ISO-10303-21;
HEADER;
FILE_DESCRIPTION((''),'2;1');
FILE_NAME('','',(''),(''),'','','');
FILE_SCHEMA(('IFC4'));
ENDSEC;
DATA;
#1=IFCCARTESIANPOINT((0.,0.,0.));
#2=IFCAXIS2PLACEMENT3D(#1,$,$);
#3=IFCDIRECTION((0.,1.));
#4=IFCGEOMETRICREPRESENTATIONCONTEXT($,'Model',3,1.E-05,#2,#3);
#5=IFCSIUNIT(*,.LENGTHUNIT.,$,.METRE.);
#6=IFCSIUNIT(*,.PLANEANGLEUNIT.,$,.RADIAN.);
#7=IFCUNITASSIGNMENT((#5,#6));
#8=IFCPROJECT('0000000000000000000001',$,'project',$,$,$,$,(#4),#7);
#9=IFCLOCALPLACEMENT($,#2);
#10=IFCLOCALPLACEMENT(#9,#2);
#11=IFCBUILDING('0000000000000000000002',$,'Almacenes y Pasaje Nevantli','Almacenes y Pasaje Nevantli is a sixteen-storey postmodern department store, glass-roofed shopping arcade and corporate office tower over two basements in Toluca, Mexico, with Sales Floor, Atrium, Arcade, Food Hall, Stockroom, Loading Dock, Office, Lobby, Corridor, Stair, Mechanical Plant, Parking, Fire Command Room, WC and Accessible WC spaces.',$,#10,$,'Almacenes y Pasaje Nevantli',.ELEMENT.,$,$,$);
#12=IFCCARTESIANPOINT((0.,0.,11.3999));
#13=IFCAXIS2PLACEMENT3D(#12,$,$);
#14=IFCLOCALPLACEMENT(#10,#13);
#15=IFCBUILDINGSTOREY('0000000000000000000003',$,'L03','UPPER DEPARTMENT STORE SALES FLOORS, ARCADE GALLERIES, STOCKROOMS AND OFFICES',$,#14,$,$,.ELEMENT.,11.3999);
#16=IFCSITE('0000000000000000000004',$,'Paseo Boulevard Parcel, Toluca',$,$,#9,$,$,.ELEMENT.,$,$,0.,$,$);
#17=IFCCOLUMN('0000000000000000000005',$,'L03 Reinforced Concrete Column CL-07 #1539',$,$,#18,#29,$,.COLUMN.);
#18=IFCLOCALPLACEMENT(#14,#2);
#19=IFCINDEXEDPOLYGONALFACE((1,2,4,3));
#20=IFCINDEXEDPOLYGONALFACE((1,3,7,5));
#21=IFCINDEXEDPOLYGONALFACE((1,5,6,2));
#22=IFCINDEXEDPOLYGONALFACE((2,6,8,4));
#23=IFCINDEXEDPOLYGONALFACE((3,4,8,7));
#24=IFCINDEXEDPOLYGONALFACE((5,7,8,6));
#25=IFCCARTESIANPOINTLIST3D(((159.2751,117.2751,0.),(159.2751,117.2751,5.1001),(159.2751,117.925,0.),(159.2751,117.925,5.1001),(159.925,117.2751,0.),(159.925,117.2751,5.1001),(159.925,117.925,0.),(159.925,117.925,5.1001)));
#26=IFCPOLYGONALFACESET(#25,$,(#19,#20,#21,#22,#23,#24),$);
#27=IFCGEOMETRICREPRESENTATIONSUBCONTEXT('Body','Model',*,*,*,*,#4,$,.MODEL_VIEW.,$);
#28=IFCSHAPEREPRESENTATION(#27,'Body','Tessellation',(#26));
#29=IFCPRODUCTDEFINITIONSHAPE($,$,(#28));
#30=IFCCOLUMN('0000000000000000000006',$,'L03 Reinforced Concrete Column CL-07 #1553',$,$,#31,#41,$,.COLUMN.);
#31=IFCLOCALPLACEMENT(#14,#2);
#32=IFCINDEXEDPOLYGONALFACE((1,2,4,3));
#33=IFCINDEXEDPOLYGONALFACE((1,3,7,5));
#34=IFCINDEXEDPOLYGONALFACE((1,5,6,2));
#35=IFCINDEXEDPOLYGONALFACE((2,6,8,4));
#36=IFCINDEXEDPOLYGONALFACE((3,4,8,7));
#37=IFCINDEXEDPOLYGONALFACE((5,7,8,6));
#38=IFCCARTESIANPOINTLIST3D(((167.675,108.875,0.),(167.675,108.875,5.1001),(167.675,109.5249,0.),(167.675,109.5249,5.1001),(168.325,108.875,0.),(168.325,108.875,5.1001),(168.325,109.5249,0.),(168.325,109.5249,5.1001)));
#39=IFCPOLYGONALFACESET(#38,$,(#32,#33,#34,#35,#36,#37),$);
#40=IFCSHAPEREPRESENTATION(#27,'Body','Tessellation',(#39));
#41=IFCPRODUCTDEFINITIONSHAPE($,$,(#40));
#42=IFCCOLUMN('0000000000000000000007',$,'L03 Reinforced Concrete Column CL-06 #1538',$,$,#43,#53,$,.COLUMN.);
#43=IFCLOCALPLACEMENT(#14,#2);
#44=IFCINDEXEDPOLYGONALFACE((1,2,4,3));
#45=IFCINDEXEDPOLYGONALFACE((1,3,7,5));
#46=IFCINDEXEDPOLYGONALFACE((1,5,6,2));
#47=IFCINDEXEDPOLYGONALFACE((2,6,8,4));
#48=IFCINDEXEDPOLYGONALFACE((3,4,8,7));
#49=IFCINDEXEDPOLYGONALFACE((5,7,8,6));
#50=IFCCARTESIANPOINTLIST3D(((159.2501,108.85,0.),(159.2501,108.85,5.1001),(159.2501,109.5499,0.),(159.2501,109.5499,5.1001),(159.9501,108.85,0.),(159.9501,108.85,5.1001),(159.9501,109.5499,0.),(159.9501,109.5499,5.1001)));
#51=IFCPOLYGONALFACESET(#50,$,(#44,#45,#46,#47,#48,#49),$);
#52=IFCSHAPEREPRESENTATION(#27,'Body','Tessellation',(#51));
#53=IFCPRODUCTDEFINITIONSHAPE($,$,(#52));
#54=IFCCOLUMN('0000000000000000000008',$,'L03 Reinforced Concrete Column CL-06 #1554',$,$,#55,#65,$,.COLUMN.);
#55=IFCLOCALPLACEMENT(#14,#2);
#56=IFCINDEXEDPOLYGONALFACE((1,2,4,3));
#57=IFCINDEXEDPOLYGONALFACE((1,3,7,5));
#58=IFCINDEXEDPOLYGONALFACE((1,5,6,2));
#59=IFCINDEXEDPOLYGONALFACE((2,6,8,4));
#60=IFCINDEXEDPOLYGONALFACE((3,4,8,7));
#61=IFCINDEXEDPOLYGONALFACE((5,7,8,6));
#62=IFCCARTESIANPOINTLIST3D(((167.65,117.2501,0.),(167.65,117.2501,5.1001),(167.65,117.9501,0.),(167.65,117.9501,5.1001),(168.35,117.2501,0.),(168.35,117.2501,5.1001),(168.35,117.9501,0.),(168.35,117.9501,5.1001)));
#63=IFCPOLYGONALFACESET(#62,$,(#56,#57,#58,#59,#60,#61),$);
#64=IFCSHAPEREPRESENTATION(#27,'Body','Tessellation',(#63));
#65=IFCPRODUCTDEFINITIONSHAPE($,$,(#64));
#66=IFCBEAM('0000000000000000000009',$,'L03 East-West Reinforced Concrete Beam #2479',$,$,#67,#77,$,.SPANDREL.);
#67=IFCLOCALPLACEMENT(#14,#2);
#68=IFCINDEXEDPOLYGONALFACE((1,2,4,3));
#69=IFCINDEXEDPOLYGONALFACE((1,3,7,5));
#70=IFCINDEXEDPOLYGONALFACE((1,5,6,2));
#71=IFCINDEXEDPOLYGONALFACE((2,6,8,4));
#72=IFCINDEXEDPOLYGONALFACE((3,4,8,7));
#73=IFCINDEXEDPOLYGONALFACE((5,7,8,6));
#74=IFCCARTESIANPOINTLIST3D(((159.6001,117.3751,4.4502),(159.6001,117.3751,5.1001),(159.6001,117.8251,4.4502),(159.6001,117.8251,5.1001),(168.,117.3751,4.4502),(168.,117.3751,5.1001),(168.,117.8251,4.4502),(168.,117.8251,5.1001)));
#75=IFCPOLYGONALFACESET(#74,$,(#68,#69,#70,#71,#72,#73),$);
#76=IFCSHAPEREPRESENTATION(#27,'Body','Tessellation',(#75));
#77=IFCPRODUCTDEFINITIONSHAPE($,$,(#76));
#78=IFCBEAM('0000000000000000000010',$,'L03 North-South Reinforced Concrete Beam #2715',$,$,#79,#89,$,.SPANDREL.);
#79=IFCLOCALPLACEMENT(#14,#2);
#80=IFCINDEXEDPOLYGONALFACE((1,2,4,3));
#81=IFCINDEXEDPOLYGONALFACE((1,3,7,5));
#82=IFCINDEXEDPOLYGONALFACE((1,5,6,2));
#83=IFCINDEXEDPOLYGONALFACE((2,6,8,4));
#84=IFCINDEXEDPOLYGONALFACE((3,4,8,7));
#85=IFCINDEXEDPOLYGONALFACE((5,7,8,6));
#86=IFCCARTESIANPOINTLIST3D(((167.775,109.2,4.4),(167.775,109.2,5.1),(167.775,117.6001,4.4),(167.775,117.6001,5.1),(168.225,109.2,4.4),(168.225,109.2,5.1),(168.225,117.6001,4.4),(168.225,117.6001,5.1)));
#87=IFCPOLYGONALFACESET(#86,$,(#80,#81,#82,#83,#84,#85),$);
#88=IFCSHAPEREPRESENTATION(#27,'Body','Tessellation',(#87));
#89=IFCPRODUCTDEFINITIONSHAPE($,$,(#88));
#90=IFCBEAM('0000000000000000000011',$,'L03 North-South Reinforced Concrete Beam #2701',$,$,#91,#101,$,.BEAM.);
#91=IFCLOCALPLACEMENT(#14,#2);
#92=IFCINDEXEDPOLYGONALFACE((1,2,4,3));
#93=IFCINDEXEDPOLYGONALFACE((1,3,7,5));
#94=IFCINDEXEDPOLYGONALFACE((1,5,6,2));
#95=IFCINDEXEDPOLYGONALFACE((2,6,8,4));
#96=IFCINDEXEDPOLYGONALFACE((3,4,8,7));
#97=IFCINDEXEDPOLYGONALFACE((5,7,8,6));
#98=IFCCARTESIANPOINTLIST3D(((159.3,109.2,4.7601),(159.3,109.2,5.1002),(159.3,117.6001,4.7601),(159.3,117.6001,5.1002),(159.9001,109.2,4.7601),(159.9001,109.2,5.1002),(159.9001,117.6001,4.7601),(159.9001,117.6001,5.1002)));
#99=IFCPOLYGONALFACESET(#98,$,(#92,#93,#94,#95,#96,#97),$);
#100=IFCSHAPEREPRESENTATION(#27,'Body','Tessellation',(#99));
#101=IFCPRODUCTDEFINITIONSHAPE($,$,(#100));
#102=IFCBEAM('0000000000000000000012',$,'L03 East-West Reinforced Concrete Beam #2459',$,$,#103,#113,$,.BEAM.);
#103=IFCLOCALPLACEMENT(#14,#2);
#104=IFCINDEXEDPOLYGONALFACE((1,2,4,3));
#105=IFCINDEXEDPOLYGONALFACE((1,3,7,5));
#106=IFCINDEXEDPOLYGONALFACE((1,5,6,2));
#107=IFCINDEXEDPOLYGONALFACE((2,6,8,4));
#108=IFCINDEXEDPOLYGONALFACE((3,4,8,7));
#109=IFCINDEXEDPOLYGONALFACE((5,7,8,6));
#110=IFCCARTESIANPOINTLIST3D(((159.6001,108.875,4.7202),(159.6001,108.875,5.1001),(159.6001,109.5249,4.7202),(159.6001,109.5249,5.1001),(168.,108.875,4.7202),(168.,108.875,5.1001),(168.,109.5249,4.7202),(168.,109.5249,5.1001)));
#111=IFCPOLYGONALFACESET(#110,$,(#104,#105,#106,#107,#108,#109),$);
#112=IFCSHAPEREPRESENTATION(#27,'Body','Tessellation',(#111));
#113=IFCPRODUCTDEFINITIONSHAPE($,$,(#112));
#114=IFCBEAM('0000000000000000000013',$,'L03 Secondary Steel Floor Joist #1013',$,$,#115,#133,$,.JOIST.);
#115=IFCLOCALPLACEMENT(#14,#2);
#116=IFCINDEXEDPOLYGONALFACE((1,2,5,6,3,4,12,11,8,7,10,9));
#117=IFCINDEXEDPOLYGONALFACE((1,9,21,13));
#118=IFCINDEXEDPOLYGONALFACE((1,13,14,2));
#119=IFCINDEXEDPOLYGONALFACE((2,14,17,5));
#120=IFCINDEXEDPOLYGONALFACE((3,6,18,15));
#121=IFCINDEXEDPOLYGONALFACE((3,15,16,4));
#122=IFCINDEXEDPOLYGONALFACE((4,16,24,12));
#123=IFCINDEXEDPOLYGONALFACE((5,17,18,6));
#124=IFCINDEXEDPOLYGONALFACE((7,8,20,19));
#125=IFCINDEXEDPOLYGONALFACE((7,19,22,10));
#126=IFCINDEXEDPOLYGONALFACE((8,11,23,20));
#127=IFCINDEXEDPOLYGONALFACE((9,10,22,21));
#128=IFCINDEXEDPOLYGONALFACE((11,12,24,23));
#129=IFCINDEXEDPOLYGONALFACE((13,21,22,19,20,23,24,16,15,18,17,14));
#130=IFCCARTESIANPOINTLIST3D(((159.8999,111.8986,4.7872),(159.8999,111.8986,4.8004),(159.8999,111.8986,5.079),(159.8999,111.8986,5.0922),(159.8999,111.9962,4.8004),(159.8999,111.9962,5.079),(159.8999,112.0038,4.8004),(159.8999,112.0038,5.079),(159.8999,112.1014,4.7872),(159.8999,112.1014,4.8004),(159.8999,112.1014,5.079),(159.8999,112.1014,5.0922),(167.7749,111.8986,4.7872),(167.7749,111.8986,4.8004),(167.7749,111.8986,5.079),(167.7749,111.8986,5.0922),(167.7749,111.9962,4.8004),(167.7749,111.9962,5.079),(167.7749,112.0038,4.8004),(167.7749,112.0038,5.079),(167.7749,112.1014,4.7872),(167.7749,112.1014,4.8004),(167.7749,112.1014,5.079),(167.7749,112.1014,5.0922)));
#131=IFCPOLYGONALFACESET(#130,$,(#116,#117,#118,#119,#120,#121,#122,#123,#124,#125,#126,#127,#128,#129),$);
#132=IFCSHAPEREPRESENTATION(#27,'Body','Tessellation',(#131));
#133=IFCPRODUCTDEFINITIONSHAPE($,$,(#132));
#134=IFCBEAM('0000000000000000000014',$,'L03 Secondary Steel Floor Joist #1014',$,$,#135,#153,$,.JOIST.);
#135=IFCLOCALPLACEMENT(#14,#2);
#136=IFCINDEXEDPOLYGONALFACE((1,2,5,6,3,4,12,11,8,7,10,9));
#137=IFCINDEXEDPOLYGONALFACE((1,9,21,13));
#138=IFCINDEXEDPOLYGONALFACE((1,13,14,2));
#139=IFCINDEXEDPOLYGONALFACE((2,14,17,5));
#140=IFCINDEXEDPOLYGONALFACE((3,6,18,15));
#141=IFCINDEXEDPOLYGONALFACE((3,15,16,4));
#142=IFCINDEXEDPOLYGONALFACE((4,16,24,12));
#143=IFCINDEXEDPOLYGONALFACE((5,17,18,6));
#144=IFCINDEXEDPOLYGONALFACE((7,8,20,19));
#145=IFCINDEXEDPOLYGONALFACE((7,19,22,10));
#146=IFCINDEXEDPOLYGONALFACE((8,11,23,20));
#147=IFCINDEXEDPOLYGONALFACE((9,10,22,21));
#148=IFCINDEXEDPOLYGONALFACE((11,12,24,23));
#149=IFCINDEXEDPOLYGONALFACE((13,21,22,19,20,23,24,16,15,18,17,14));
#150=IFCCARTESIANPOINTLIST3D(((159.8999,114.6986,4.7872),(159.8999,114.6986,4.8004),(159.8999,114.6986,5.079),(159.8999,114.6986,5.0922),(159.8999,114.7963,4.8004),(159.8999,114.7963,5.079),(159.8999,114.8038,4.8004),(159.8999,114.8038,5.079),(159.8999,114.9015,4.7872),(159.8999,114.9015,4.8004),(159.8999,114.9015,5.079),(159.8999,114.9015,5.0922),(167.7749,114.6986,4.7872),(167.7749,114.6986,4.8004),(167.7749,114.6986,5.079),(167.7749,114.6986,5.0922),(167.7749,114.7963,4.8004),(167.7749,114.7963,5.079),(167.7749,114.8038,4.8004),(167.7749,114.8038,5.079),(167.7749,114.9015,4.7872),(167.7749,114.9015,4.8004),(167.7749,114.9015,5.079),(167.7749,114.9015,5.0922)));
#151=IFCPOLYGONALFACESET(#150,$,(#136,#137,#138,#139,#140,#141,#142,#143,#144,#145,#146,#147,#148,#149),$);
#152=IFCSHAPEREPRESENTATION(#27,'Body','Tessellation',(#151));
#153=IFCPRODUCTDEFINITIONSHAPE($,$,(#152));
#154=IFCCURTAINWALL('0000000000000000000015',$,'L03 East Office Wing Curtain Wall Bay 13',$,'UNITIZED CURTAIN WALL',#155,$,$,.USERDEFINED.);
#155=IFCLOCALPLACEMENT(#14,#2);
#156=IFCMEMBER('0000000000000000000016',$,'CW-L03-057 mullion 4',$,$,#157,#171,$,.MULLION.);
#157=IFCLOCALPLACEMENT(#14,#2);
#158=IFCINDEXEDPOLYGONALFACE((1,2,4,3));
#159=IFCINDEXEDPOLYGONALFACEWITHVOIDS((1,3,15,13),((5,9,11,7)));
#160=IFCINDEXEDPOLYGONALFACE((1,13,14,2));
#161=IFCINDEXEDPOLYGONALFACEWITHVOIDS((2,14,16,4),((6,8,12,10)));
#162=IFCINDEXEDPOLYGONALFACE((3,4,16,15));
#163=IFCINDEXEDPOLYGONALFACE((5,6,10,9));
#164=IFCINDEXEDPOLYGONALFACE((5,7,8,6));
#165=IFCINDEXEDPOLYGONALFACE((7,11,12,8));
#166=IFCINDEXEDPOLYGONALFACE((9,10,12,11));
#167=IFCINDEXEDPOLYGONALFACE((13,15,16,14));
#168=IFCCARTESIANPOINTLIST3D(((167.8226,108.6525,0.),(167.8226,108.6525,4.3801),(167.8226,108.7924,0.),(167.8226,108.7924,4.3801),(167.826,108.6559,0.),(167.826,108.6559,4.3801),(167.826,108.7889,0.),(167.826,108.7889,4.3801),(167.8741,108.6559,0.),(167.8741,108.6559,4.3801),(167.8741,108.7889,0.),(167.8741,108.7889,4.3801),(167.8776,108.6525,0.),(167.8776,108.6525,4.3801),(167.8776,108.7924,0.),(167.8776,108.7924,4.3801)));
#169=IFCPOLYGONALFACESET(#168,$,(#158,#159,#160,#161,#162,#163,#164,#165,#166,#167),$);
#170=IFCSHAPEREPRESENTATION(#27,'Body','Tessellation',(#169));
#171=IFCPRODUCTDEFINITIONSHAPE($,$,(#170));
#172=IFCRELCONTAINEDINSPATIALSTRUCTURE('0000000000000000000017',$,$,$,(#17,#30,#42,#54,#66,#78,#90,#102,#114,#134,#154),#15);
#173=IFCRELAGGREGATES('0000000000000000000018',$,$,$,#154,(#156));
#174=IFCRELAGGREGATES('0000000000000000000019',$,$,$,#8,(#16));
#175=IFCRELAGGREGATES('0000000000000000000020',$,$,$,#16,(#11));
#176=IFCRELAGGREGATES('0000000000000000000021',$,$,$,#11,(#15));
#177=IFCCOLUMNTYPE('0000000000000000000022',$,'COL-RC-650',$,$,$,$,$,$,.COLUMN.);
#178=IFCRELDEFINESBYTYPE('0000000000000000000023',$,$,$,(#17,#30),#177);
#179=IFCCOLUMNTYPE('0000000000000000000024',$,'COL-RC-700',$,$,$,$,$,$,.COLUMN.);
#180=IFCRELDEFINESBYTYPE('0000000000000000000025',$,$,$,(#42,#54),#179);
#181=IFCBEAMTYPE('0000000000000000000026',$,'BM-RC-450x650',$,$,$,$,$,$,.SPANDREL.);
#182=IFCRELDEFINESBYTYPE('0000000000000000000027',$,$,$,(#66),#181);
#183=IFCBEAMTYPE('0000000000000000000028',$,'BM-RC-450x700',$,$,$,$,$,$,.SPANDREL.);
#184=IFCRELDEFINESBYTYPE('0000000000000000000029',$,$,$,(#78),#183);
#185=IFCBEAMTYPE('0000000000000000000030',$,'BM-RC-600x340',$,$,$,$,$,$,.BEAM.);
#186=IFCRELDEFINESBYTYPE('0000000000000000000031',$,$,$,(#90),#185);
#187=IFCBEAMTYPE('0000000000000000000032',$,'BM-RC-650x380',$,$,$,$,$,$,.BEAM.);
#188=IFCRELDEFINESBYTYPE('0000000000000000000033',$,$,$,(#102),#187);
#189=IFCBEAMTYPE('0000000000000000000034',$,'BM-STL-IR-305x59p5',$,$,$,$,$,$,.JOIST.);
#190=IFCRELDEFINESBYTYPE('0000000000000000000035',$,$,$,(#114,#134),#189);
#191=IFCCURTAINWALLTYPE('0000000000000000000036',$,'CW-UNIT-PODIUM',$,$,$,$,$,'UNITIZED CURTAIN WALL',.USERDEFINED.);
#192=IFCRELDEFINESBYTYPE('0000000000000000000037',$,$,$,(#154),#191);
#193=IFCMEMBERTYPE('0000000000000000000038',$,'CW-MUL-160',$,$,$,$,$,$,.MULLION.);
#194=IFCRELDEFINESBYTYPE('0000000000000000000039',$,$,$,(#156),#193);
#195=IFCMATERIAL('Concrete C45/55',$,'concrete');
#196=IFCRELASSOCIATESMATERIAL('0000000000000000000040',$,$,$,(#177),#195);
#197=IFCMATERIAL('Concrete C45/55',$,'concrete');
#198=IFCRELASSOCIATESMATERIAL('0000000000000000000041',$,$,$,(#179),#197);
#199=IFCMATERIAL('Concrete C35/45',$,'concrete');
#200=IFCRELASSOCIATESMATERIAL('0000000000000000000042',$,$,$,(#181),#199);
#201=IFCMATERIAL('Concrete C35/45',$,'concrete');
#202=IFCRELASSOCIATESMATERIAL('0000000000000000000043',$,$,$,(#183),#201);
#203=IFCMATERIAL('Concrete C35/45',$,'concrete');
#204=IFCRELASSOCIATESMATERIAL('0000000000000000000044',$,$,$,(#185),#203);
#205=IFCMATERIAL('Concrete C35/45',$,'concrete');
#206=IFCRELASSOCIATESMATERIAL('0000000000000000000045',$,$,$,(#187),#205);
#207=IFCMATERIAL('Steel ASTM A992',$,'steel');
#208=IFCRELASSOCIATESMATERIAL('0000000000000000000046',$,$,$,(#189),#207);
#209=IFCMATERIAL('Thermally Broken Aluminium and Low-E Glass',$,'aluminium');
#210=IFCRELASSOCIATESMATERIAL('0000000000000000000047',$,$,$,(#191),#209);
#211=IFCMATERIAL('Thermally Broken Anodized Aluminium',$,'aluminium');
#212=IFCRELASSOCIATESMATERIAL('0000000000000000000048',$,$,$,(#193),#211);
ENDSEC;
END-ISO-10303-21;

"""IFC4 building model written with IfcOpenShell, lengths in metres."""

from ifc_helpers import new_model, si_unit, direction, frame, origin, origin_2d, place, context, subcontext, project, spatial, rectangle, hollow_rectangle, i_section, extrude, material, material_profile, profile_set, type_object, element, aggregate, save


model = new_model("IFC4")

# Units and contexts
model_context = context("Model", 3, precision=1e-05, world=origin(), true_north=direction((0.0, 1.0)))
body_context = subcontext(model_context, "Body", "Model", "MODEL_VIEW")
ifc_project = project(units=[si_unit("LENGTHUNIT", "METRE"), si_unit("PLANEANGLEUNIT", "RADIAN")], contexts=[model_context])

# Site, building, storey
site_placement = place(None, origin())
site = spatial("IfcSite", under=ifc_project, at=site_placement, Name="Paseo Boulevard Parcel, Toluca", CompositionType="ELEMENT", RefElevation=0.0)
building_placement = place(site_placement, origin())
building = spatial("IfcBuilding", under=site, at=building_placement, Name="Almacenes y Pasaje Nevantli", Description="Almacenes y Pasaje Nevantli is a sixteen-storey postmodern department store, glass-roofed shopping arcade and corporate office tower over two basements in Toluca, Mexico, with Sales Floor, Atrium, Arcade, Food Hall, Stockroom, Loading Dock, Office, Lobby, Corridor, Stair, Mechanical Plant, Parking, Fire Command Room, WC and Accessible WC spaces.", LongName="Almacenes y Pasaje Nevantli", CompositionType="ELEMENT")
storey_placement = place(building_placement, frame((0.0, 0.0, 11.3999)))
storey = spatial("IfcBuildingStorey", under=building, at=storey_placement, Name="L03", Description="UPPER DEPARTMENT STORE SALES FLOORS, ARCADE GALLERIES, STOCKROOMS AND OFFICES", CompositionType="ELEMENT", Elevation=11.3999)

# Columns
ifc_material_1 = material(Name="Concrete C45/55", Category="concrete")
ifc_material_profile_1 = material_profile(ifc_material_1, rectangle(XDim=0.6499, YDim=0.6499, at=origin_2d()), Name="RC-COL-650x650")
ifc_profile_set_1 = profile_set([ifc_material_profile_1], Name="Concrete C45/55")
column_type_1 = type_object("IfcColumnType", Name="COL-RC-650", PredefinedType="COLUMN", material=ifc_profile_set_1)
for number, where, z_axis, x_axis, name in (
    (1, (159.6001, 117.6001, 0.0), (0.0, 0.0, 1.0), (1.0, 0.0, 0.0), "L03 Reinforced Concrete Column CL-07 #1539"),
    (2, (168.0, 109.2, 0.0), (0.0, 0.0, 1.0), (1.0, 0.0, 0.0), "L03 Reinforced Concrete Column CL-07 #1553"),
):
    element("IfcColumn", number, at=place(storey_placement, frame(where, z_axis=z_axis, x_axis=x_axis)), inside=storey, type_object=column_type_1, Name=name, PredefinedType="COLUMN", context=body_context, shape_type="SweptSolid", body=[
        extrude(rectangle(XDim=0.6499, YDim=0.6499, at=origin_2d()), origin(), (0.0, 0.0, 1.0), 5.1001),
    ])
ifc_material_2 = material(Name="Concrete C45/55", Category="concrete")
ifc_material_profile_2 = material_profile(ifc_material_2, rectangle(XDim=0.7, YDim=0.7, at=origin_2d()), Name="RC-COL-700x700")
ifc_profile_set_2 = profile_set([ifc_material_profile_2], Name="Concrete C45/55")
column_type_2 = type_object("IfcColumnType", Name="COL-RC-700", PredefinedType="COLUMN", material=ifc_profile_set_2)
for number, where, z_axis, x_axis, name in (
    (3, (159.6001, 109.2, 0.0), (0.0, 0.0, 1.0), (1.0, 0.0, 0.0), "L03 Reinforced Concrete Column CL-06 #1538"),
    (4, (168.0, 117.6001, 0.0), (0.0, 0.0, 1.0), (1.0, 0.0, 0.0), "L03 Reinforced Concrete Column CL-06 #1554"),
):
    element("IfcColumn", number, at=place(storey_placement, frame(where, z_axis=z_axis, x_axis=x_axis)), inside=storey, type_object=column_type_2, Name=name, PredefinedType="COLUMN", context=body_context, shape_type="SweptSolid", body=[
        extrude(rectangle(XDim=0.7, YDim=0.7, at=origin_2d()), origin(), (0.0, 0.0, 1.0), 5.1001),
    ])

# Beams
ifc_material_3 = material(Name="Concrete C35/45", Category="concrete")
ifc_material_profile_3 = material_profile(ifc_material_3, rectangle(XDim=0.45, YDim=0.6499, at=origin_2d()), Name="RC-BM-450x650")
ifc_profile_set_3 = profile_set([ifc_material_profile_3], Name="Concrete C35/45")
beam_type_1 = type_object("IfcBeamType", Name="BM-RC-450x650", PredefinedType="SPANDREL", material=ifc_profile_set_3)
beam_1_placement = place(storey_placement, frame((159.6001, 117.6001, 4.7751), z_axis=(1.0, 0.0, 0.0), x_axis=(0.0, 1.0, 0.0)))
element("IfcBeam", 5, at=beam_1_placement, inside=storey, type_object=beam_type_1, Name="L03 East-West Reinforced Concrete Beam #2479", PredefinedType="SPANDREL", context=body_context, shape_type="SweptSolid", body=[
    extrude(rectangle(XDim=0.45, YDim=0.6499, at=origin_2d()), origin(), (0.0, 0.0, 1.0), 8.3999),
])
ifc_material_4 = material(Name="Concrete C35/45", Category="concrete")
ifc_material_profile_4 = material_profile(ifc_material_4, rectangle(XDim=0.45, YDim=0.7, at=origin_2d()), Name="RC-BM-450x700")
ifc_profile_set_4 = profile_set([ifc_material_profile_4], Name="Concrete C35/45")
beam_type_2 = type_object("IfcBeamType", Name="BM-RC-450x700", PredefinedType="SPANDREL", material=ifc_profile_set_4)
beam_2_placement = place(storey_placement, frame((168.0, 109.2, 4.75), z_axis=(0.0, 1.0, 0.0), x_axis=(-1.0, 0.0, 0.0)))
element("IfcBeam", 6, at=beam_2_placement, inside=storey, type_object=beam_type_2, Name="L03 North-South Reinforced Concrete Beam #2715", PredefinedType="SPANDREL", context=body_context, shape_type="SweptSolid", body=[
    extrude(rectangle(XDim=0.45, YDim=0.7, at=origin_2d()), origin(), (0.0, 0.0, 1.0), 8.4001),
])
ifc_material_5 = material(Name="Concrete C35/45", Category="concrete")
ifc_material_profile_5 = material_profile(ifc_material_5, rectangle(XDim=0.6001, YDim=0.3401, at=origin_2d()), Name="RC-BM-600x340")
ifc_profile_set_5 = profile_set([ifc_material_profile_5], Name="Concrete C35/45")
beam_type_3 = type_object("IfcBeamType", Name="BM-RC-600x340", PredefinedType="BEAM", material=ifc_profile_set_5)
beam_3_placement = place(storey_placement, frame((159.6001, 109.2, 4.9302), z_axis=(0.0, 1.0, 0.0), x_axis=(-1.0, 0.0, 0.0)))
element("IfcBeam", 7, at=beam_3_placement, inside=storey, type_object=beam_type_3, Name="L03 North-South Reinforced Concrete Beam #2701", PredefinedType="BEAM", context=body_context, shape_type="SweptSolid", body=[
    extrude(rectangle(XDim=0.6001, YDim=0.3401, at=origin_2d()), origin(), (0.0, 0.0, 1.0), 8.4001),
])
ifc_material_6 = material(Name="Concrete C35/45", Category="concrete")
ifc_material_profile_6 = material_profile(ifc_material_6, rectangle(XDim=0.6499, YDim=0.3799, at=origin_2d()), Name="RC-BM-650x380")
ifc_profile_set_6 = profile_set([ifc_material_profile_6], Name="Concrete C35/45")
beam_type_4 = type_object("IfcBeamType", Name="BM-RC-650x380", PredefinedType="BEAM", material=ifc_profile_set_6)
beam_4_placement = place(storey_placement, frame((159.6001, 109.2, 4.9102), z_axis=(1.0, 0.0, 0.0), x_axis=(0.0, 1.0, 0.0)))
element("IfcBeam", 8, at=beam_4_placement, inside=storey, type_object=beam_type_4, Name="L03 East-West Reinforced Concrete Beam #2459", PredefinedType="BEAM", context=body_context, shape_type="SweptSolid", body=[
    extrude(rectangle(XDim=0.6499, YDim=0.3799, at=origin_2d()), origin(), (0.0, 0.0, 1.0), 8.3999),
])
ifc_material_7 = material(Name="Steel ASTM A992", Category="steel")
ifc_material_profile_7 = material_profile(ifc_material_7, i_section(OverallWidth=0.2029, OverallDepth=0.3049, WebThickness=0.0076, FlangeThickness=0.0132, at=origin_2d()), Name="IR 305x59.5")
ifc_profile_set_7 = profile_set([ifc_material_profile_7], Name="Steel ASTM A992")
beam_type_5 = type_object("IfcBeamType", Name="BM-STL-IR-305x59p5", PredefinedType="JOIST", material=ifc_profile_set_7)
for number, where, z_axis, x_axis, name in (
    (9, (159.8999, 112.0, 4.9397), (1.0, 0.0, 0.0), (0.0, 1.0, 0.0), "L03 Secondary Steel Floor Joist #1013"),
    (10, (159.8999, 114.8, 4.9397), (1.0, 0.0, 0.0), (0.0, 1.0, 0.0), "L03 Secondary Steel Floor Joist #1014"),
):
    element("IfcBeam", number, at=place(storey_placement, frame(where, z_axis=z_axis, x_axis=x_axis)), inside=storey, type_object=beam_type_5, Name=name, PredefinedType="JOIST", context=body_context, shape_type="SweptSolid", body=[
        extrude(i_section(OverallWidth=0.2029, OverallDepth=0.3049, WebThickness=0.0076, FlangeThickness=0.0132, at=origin_2d()), origin(), (0.0, 0.0, 1.0), 7.875),
    ])

# Curtain wall, member
ifc_material_8 = material(Name="Thermally Broken Aluminium and Low-E Glass", Category="aluminium")
curtain_wall_type_1 = type_object("IfcCurtainWallType", Name="CW-UNIT-PODIUM", ElementType="UNITIZED CURTAIN WALL", PredefinedType="USERDEFINED", material=ifc_material_8)
curtain_wall_1_placement = place(storey_placement, origin())
curtain_wall_1 = element("IfcCurtainWall", 11, at=curtain_wall_1_placement, inside=storey, type_object=curtain_wall_type_1, Name="L03 East Office Wing Curtain Wall Bay 13", ObjectType="UNITIZED CURTAIN WALL", PredefinedType="USERDEFINED")
ifc_material_9 = material(Name="Thermally Broken Anodized Aluminium", Category="aluminium")
ifc_material_profile_8 = material_profile(ifc_material_9, hollow_rectangle(XDim=0.0549, YDim=0.1399, WallThickness=0.0034, at=origin_2d()), Name="ALU-MUL-55x140")
ifc_profile_set_8 = profile_set([ifc_material_profile_8], Name="Thermally Broken Anodized Aluminium")
member_type_1 = type_object("IfcMemberType", Name="CW-MUL-160", PredefinedType="MULLION", material=ifc_profile_set_8)
member_1_placement = place(storey_placement, frame((167.8501, 108.7224, 0.0), z_axis=(0.0, 0.0, 1.0), x_axis=(-1.0, 0.0, 0.0)))
member_1 = element("IfcMember", 12, at=member_1_placement, type_object=member_type_1, Name="CW-L03-057 mullion 4", PredefinedType="MULLION", context=body_context, shape_type="SweptSolid", body=[
    extrude(hollow_rectangle(XDim=0.0549, YDim=0.1399, WallThickness=0.0034, at=origin_2d()), origin(), (0.0, 0.0, 1.0), 4.3801),
])

aggregate(curtain_wall_1, [member_1])

save(model, "model.ifc")
